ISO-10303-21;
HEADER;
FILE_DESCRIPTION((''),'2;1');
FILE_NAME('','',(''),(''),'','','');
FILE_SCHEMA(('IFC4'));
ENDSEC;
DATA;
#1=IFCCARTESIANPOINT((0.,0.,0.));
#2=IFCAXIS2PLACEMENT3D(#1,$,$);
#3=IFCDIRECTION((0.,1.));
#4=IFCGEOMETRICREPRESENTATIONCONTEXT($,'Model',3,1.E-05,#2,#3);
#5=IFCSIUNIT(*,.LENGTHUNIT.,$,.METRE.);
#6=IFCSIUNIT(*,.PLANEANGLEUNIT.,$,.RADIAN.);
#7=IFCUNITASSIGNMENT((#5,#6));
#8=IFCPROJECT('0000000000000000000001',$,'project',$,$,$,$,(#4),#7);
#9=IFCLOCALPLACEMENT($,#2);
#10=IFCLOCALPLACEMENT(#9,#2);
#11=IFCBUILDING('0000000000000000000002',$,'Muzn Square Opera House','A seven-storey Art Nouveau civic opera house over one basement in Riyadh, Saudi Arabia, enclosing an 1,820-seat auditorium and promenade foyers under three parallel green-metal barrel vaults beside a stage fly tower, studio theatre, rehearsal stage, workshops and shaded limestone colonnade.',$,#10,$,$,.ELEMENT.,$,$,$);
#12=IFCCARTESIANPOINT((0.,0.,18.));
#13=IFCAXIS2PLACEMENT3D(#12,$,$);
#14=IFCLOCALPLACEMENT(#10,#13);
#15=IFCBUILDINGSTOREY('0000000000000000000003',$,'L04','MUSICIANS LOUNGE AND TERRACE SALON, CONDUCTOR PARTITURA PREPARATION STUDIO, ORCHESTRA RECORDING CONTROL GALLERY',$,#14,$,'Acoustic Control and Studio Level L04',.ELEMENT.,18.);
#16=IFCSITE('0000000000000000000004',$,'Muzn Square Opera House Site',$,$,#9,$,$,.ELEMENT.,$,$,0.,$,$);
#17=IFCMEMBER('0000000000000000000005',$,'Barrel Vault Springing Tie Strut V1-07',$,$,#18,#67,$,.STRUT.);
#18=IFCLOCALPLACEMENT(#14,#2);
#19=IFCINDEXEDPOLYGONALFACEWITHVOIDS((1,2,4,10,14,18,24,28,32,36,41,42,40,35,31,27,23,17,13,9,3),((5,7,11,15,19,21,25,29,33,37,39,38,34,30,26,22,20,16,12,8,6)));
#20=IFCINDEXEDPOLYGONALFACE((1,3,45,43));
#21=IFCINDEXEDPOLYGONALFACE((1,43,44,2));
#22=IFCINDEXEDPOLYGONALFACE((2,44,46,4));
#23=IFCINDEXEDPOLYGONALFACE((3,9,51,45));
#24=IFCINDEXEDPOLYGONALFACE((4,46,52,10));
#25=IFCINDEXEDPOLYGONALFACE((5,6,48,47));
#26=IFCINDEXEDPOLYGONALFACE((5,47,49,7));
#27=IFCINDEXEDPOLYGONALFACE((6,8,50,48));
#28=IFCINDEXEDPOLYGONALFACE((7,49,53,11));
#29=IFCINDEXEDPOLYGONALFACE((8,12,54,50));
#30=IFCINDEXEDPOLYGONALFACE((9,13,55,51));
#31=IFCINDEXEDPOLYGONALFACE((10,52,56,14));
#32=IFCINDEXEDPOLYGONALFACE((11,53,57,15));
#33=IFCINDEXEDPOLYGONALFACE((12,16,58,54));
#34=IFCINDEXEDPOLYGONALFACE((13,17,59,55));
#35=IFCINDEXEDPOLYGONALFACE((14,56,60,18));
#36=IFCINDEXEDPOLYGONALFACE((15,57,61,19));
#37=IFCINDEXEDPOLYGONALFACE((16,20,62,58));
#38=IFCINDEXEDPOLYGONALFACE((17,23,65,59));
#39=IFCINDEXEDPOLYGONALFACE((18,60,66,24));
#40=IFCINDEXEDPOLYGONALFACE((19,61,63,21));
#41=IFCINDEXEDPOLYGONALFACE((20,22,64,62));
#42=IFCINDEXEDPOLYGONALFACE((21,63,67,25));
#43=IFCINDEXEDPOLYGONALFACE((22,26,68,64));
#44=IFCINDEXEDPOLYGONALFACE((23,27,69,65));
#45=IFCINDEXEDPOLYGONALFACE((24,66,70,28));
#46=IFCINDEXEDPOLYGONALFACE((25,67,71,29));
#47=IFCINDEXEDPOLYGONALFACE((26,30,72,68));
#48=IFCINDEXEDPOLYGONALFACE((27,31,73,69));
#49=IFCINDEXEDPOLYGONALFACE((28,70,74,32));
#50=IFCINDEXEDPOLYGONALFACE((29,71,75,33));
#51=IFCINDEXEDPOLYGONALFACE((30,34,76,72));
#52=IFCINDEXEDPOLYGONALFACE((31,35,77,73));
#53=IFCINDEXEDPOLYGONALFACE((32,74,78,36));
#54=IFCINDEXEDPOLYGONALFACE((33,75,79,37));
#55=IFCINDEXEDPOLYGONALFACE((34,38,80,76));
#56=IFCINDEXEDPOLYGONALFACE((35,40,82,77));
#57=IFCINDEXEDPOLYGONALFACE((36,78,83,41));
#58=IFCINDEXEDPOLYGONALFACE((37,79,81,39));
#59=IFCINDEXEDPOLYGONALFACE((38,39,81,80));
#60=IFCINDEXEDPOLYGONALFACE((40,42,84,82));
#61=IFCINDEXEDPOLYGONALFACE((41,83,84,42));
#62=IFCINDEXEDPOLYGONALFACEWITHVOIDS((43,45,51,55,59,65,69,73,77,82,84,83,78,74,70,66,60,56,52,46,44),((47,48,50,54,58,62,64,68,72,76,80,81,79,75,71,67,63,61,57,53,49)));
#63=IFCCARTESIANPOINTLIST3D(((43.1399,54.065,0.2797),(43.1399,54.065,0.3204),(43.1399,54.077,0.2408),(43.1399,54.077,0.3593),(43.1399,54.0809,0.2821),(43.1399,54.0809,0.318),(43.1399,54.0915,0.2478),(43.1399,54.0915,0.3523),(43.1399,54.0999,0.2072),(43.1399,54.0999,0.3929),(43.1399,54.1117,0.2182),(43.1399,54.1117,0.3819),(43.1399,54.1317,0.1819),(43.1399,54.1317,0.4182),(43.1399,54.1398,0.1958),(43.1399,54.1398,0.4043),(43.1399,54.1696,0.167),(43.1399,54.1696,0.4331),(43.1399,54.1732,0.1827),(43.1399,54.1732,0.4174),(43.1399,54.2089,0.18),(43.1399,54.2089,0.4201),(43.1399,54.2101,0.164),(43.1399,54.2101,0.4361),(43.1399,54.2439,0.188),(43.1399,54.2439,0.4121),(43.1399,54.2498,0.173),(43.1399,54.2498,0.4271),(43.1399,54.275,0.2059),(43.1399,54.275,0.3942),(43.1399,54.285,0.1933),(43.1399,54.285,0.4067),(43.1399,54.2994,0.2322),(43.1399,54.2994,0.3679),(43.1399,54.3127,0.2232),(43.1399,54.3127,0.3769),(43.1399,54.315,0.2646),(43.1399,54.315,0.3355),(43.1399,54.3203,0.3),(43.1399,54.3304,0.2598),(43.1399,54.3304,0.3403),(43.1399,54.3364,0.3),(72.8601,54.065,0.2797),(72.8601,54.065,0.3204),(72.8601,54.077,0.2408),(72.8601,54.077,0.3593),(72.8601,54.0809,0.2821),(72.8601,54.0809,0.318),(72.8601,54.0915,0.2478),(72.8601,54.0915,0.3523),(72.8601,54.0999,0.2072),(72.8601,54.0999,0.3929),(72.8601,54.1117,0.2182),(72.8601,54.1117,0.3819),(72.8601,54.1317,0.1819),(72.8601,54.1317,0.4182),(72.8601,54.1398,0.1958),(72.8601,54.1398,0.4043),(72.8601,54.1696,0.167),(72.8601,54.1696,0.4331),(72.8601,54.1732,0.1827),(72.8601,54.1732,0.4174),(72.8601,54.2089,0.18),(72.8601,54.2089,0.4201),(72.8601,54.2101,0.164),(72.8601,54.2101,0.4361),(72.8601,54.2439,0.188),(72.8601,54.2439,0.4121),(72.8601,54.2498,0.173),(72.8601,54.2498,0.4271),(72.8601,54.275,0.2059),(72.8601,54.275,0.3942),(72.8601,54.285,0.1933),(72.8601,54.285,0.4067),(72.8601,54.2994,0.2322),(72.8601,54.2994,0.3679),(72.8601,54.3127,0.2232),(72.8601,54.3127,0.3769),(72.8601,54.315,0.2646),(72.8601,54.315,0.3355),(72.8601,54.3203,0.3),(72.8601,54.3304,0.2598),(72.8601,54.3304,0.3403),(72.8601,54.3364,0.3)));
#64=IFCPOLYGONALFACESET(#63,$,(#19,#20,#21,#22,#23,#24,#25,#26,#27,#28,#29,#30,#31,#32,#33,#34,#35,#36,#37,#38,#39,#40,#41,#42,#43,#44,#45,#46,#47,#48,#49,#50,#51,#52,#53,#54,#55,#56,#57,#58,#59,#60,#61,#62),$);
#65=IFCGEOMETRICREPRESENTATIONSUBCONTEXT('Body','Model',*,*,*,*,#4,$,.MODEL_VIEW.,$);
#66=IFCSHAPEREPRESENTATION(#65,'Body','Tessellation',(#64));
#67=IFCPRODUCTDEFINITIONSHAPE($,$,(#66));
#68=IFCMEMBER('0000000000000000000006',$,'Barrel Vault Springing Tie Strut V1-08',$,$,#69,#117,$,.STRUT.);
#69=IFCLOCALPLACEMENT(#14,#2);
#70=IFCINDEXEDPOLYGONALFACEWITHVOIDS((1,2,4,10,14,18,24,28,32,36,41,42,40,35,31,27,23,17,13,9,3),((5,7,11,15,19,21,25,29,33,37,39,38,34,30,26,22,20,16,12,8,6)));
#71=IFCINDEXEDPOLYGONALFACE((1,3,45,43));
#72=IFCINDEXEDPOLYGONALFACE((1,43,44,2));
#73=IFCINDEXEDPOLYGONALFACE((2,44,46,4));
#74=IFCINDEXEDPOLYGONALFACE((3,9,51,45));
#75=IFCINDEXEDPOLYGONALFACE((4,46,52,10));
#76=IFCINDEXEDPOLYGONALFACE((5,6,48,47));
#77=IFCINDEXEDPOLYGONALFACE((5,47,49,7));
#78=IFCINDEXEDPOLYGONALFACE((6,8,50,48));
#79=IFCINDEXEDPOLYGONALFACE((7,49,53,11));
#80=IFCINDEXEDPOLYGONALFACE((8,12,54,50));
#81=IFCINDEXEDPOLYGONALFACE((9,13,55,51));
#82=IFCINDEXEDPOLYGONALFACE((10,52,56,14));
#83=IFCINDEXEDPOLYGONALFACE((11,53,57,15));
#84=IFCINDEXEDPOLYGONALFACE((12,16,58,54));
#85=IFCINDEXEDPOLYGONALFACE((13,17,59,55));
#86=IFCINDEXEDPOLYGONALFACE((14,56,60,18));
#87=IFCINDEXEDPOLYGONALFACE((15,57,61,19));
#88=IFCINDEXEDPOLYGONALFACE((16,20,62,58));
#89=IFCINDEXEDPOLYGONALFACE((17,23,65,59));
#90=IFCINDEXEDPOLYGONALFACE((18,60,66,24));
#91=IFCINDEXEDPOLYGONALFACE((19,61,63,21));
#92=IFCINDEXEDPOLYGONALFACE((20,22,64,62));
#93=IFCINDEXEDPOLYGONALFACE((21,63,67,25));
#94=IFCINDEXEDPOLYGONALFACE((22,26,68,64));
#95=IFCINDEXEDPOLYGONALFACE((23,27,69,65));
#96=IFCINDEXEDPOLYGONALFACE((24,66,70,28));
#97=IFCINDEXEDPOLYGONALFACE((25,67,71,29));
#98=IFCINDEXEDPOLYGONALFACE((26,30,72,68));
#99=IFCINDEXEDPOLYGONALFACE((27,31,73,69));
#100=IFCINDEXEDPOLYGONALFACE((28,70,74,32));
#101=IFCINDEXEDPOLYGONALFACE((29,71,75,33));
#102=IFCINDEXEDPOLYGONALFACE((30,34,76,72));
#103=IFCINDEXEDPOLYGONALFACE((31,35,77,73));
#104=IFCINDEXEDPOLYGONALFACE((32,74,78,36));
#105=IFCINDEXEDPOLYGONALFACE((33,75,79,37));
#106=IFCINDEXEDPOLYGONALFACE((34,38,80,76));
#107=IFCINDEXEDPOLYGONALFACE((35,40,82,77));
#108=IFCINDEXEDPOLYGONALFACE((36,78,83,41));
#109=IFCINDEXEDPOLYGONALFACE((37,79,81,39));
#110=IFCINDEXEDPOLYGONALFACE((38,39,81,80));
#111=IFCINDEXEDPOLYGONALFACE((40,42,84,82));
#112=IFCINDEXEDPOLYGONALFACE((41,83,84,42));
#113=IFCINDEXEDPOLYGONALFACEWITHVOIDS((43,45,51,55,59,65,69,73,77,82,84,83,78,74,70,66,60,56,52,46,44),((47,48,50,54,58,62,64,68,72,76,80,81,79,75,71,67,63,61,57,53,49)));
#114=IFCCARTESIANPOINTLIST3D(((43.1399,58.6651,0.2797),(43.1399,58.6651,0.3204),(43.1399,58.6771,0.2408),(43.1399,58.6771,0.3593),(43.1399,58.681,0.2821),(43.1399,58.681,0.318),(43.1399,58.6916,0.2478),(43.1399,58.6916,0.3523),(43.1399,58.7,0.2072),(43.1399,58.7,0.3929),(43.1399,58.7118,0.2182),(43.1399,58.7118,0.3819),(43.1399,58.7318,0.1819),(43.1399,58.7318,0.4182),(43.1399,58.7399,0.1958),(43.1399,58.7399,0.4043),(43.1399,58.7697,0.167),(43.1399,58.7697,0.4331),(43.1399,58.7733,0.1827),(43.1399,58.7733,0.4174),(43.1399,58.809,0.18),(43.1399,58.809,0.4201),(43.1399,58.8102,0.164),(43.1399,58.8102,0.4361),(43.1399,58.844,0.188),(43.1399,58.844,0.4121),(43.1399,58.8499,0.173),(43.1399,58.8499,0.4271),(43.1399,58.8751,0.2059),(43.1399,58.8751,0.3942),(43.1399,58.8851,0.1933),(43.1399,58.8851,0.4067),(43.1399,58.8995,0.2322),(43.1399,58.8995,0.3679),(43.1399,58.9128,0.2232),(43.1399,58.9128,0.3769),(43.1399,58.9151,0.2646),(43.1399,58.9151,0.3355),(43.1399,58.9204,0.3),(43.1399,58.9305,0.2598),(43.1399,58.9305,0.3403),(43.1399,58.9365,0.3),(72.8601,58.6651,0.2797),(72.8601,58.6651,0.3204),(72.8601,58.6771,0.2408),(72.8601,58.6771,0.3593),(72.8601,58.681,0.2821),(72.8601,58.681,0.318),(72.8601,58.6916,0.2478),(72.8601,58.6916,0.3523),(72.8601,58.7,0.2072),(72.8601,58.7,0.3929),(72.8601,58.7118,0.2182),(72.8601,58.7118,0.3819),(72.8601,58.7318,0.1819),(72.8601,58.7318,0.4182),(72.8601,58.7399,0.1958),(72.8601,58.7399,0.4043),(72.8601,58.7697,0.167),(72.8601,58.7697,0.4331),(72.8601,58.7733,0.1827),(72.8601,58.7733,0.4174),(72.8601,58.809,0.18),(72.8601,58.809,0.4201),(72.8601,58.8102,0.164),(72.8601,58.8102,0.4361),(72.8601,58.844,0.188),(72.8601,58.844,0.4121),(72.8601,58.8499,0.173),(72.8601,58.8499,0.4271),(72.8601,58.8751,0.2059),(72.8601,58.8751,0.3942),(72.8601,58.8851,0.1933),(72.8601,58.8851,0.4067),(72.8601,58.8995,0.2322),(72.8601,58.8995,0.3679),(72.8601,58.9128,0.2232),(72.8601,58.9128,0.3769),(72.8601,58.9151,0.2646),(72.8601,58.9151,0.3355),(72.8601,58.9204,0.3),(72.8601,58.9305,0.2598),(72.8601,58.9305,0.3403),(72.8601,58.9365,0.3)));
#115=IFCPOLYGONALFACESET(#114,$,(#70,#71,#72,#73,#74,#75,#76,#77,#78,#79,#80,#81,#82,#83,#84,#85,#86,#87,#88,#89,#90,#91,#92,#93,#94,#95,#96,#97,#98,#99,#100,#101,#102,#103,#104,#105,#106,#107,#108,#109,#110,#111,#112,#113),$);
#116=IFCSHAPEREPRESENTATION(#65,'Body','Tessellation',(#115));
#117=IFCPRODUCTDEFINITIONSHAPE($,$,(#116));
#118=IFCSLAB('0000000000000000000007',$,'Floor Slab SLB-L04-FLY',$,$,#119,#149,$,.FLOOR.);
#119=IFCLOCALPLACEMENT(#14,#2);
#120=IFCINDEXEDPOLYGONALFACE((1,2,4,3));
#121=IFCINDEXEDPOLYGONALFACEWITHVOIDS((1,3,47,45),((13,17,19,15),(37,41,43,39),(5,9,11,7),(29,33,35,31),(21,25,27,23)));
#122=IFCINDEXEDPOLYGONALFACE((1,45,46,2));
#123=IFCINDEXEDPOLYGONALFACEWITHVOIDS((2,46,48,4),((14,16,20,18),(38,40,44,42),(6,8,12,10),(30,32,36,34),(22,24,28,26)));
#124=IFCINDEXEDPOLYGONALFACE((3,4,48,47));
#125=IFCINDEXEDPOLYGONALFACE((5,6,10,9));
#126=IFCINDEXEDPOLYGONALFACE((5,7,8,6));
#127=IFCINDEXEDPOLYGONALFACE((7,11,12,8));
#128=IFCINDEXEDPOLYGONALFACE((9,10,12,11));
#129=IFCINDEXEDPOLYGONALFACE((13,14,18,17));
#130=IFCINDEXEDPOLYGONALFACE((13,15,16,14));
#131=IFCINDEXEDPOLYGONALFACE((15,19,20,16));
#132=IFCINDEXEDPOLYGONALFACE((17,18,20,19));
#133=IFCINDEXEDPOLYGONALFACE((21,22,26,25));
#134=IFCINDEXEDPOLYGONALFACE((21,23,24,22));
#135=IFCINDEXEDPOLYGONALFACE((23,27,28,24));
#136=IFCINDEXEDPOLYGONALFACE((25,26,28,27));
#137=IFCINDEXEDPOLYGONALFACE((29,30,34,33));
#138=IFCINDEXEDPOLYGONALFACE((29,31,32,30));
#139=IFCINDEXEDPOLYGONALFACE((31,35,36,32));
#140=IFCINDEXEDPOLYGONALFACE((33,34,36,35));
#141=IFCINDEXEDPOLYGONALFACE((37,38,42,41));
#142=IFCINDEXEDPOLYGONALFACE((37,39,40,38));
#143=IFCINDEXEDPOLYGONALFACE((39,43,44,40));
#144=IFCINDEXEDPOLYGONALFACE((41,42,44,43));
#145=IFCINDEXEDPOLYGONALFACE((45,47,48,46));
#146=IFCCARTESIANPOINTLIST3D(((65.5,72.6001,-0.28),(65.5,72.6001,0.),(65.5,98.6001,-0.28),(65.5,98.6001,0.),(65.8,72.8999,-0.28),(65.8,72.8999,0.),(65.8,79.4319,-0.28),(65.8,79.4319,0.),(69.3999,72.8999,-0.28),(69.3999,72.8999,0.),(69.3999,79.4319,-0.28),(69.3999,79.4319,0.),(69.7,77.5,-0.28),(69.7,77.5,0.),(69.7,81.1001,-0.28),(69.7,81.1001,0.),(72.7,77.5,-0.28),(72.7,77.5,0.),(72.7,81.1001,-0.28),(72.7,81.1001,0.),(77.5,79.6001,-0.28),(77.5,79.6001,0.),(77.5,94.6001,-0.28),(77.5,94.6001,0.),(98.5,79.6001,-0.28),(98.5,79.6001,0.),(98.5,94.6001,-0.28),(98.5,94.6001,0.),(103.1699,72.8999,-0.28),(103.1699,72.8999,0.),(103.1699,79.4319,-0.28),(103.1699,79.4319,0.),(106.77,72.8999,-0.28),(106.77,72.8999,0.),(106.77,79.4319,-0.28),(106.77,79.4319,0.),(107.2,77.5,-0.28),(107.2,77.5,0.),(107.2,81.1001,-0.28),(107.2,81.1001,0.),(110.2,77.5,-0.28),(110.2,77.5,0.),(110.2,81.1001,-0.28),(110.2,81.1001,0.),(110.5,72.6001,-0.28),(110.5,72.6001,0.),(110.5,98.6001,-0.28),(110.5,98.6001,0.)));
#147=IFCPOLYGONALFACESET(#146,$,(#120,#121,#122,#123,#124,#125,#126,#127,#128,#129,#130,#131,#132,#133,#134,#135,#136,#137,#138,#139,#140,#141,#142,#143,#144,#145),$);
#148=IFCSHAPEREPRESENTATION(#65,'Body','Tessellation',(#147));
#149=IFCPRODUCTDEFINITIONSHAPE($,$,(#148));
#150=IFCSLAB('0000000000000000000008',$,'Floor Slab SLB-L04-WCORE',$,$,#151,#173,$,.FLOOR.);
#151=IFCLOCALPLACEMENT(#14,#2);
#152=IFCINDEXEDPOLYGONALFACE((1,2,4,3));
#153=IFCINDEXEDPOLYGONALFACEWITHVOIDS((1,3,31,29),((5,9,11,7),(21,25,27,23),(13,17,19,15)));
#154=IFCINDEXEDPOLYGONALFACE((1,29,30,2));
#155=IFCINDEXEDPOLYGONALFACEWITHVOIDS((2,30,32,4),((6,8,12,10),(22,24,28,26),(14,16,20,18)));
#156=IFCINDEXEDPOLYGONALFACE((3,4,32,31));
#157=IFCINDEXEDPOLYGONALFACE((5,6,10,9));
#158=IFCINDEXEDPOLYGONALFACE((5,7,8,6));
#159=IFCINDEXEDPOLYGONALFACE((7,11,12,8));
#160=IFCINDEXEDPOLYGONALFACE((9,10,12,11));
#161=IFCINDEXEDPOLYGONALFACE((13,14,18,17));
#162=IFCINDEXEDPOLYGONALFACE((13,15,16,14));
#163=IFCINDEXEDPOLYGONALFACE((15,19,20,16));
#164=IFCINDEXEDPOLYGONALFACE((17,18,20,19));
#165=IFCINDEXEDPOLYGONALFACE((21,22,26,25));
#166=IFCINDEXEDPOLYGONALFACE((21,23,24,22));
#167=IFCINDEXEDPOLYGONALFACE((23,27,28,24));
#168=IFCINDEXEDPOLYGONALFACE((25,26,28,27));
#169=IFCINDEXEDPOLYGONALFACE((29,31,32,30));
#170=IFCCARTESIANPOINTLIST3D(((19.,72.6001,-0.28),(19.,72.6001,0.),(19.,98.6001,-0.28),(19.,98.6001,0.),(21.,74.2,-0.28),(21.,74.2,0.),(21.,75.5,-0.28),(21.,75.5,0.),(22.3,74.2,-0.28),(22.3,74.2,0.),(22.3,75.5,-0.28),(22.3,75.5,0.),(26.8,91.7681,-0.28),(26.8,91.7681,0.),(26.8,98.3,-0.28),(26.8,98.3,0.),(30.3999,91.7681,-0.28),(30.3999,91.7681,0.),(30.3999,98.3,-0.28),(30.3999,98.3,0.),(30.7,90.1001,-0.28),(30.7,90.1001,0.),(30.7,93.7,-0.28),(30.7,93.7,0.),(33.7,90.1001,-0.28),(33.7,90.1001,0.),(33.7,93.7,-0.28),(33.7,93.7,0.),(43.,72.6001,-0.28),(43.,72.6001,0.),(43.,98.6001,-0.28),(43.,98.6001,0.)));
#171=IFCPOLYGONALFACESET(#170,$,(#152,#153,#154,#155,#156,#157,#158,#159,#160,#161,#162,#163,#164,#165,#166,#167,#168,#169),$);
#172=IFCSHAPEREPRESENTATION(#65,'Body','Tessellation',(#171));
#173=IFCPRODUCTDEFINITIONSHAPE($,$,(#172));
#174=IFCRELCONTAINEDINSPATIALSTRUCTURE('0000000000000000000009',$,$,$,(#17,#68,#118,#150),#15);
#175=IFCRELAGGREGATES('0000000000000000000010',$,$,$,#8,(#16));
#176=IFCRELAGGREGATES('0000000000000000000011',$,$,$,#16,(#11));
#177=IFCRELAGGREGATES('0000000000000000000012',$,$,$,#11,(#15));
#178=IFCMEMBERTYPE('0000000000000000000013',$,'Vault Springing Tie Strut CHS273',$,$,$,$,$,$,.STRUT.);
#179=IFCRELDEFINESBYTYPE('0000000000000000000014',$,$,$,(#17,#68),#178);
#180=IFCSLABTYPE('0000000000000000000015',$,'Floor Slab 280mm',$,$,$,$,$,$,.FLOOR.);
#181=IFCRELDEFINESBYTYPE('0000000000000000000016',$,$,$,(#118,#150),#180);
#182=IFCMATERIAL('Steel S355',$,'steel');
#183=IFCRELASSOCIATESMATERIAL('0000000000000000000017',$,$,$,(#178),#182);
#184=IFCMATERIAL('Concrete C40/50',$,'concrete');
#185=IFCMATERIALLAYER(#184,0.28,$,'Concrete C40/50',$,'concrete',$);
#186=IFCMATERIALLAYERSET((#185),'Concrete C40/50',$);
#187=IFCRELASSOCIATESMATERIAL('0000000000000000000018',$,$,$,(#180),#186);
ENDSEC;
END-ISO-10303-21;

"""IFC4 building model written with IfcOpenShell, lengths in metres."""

from ifc_helpers import new_model, si_unit, direction, frame, origin, origin_2d, place, context, subcontext, project, spatial, polyline, hollow_circle, outline, extrude, material, layer, layer_set, material_profile, profile_set, type_object, element, save


model = new_model("IFC4")

# Units and contexts
model_context = context("Model", 3, precision=1e-05, world=origin(), true_north=direction((0.0, 1.0)))
body_context = subcontext(model_context, "Body", "Model", "MODEL_VIEW")
ifc_project = project(units=[si_unit("LENGTHUNIT", "METRE"), si_unit("PLANEANGLEUNIT", "RADIAN")], contexts=[model_context])

# Site, building, storey
site_placement = place(None, origin())
site = spatial("IfcSite", under=ifc_project, at=site_placement, Name="Muzn Square Opera House Site", CompositionType="ELEMENT", RefElevation=0.0)
building_placement = place(site_placement, origin())
building = spatial("IfcBuilding", under=site, at=building_placement, Name="Muzn Square Opera House", Description="A seven-storey Art Nouveau civic opera house over one basement in Riyadh, Saudi Arabia, enclosing an 1,820-seat auditorium and promenade foyers under three parallel green-metal barrel vaults beside a stage fly tower, studio theatre, rehearsal stage, workshops and shaded limestone colonnade.", CompositionType="ELEMENT")
storey_placement = place(building_placement, frame((0.0, 0.0, 18.0)))
storey = spatial("IfcBuildingStorey", under=building, at=storey_placement, Name="L04", Description="MUSICIANS LOUNGE AND TERRACE SALON, CONDUCTOR PARTITURA PREPARATION STUDIO, ORCHESTRA RECORDING CONTROL GALLERY", LongName="Acoustic Control and Studio Level L04", CompositionType="ELEMENT", Elevation=18.0)

# Shared definitions
ifc_material_1 = material(Name="Steel S355", Category="steel")

# Members
ifc_material_profile_1 = material_profile(ifc_material_1, hollow_circle(Radius=0.1365, WallThickness=0.0161, at=origin_2d()), Name="CHS 273x16", Category="steel")
ifc_profile_set_1 = profile_set([ifc_material_profile_1], Name="Steel S355")
member_type = type_object("IfcMemberType", Name="Vault Springing Tie Strut CHS273", PredefinedType="STRUT", material=ifc_profile_set_1)
for number, where, z_axis, x_axis, name in (
    (1, (43.1399, 54.2, 0.3), (1.0, 0.0, 0.0), (0.0, 1.0, 0.0), "Barrel Vault Springing Tie Strut V1-07"),
    (2, (43.1399, 58.8, 0.3), (1.0, 0.0, 0.0), (0.0, 1.0, 0.0), "Barrel Vault Springing Tie Strut V1-08"),
):
    element("IfcMember", number, at=place(storey_placement, frame(where, z_axis=z_axis, x_axis=x_axis)), inside=storey, type_object=member_type, Name=name, PredefinedType="STRUT", context=body_context, shape_type="SweptSolid", body=[
        extrude(hollow_circle(Radius=0.1365, WallThickness=0.0161, at=origin_2d()), origin(), (0.0, 0.0, 1.0), 29.7202),
    ])

# Slabs
ifc_material_2 = material(Name="Concrete C40/50", Category="concrete")
ifc_layer_1 = layer(ifc_material_2, 0.28, Name="Concrete C40/50", Category="concrete")
ifc_layer_set_1 = layer_set([ifc_layer_1], Name="Concrete C40/50")
slab_type_1 = type_object("IfcSlabType", Name="Floor Slab 280mm", PredefinedType="FLOOR", material=ifc_layer_set_1)
slab_1_placement = place(storey_placement, frame((0.0, 0.0, -0.28)))
element("IfcSlab", 3, at=slab_1_placement, inside=storey, type_object=slab_type_1, Name="Floor Slab SLB-L04-FLY", PredefinedType="FLOOR", context=body_context, shape_type="SweptSolid", body=[
    extrude(outline(polyline([(65.5, 72.6001), (110.5, 72.6001), (110.5, 98.6001), (65.5, 98.6001), (65.5, 72.6001)]), holes=[polyline([(77.5, 79.6001), (98.5, 79.6001), (98.5, 94.6001), (77.5, 94.6001), (77.5, 79.6001)]), polyline([(65.8, 72.8999), (69.3999, 72.8999), (69.3999, 79.4319), (65.8, 79.4319), (65.8, 72.8999)]), polyline([(69.7, 77.5), (72.7, 77.5), (72.7, 81.1001), (69.7, 81.1001), (69.7, 77.5)]), polyline([(103.1699, 72.8999), (106.77, 72.8999), (106.77, 79.4319), (103.1699, 79.4319), (103.1699, 72.8999)]), polyline([(107.2, 77.5), (110.2, 77.5), (110.2, 81.1001), (107.2, 81.1001), (107.2, 77.5)])]), origin(), (0.0, 0.0, 1.0), 0.28),
])
slab_2_placement = place(storey_placement, frame((0.0, 0.0, -0.28)))
element("IfcSlab", 4, at=slab_2_placement, inside=storey, type_object=slab_type_1, Name="Floor Slab SLB-L04-WCORE", PredefinedType="FLOOR", context=body_context, shape_type="SweptSolid", body=[
    extrude(outline(polyline([(19.0, 72.6001), (43.0, 72.6001), (43.0, 98.6001), (19.0, 98.6001), (19.0, 72.6001)]), holes=[polyline([(26.8, 91.7681), (30.3999, 91.7681), (30.3999, 98.3), (26.8, 98.3), (26.8, 91.7681)]), polyline([(30.7, 90.1001), (33.7, 90.1001), (33.7, 93.7), (30.7, 93.7), (30.7, 90.1001)]), polyline([(21.0, 74.2), (22.3, 74.2), (22.3, 75.5), (21.0, 75.5), (21.0, 74.2)])]), origin(), (0.0, 0.0, 1.0), 0.28),
])

save(model, "model.ifc")
